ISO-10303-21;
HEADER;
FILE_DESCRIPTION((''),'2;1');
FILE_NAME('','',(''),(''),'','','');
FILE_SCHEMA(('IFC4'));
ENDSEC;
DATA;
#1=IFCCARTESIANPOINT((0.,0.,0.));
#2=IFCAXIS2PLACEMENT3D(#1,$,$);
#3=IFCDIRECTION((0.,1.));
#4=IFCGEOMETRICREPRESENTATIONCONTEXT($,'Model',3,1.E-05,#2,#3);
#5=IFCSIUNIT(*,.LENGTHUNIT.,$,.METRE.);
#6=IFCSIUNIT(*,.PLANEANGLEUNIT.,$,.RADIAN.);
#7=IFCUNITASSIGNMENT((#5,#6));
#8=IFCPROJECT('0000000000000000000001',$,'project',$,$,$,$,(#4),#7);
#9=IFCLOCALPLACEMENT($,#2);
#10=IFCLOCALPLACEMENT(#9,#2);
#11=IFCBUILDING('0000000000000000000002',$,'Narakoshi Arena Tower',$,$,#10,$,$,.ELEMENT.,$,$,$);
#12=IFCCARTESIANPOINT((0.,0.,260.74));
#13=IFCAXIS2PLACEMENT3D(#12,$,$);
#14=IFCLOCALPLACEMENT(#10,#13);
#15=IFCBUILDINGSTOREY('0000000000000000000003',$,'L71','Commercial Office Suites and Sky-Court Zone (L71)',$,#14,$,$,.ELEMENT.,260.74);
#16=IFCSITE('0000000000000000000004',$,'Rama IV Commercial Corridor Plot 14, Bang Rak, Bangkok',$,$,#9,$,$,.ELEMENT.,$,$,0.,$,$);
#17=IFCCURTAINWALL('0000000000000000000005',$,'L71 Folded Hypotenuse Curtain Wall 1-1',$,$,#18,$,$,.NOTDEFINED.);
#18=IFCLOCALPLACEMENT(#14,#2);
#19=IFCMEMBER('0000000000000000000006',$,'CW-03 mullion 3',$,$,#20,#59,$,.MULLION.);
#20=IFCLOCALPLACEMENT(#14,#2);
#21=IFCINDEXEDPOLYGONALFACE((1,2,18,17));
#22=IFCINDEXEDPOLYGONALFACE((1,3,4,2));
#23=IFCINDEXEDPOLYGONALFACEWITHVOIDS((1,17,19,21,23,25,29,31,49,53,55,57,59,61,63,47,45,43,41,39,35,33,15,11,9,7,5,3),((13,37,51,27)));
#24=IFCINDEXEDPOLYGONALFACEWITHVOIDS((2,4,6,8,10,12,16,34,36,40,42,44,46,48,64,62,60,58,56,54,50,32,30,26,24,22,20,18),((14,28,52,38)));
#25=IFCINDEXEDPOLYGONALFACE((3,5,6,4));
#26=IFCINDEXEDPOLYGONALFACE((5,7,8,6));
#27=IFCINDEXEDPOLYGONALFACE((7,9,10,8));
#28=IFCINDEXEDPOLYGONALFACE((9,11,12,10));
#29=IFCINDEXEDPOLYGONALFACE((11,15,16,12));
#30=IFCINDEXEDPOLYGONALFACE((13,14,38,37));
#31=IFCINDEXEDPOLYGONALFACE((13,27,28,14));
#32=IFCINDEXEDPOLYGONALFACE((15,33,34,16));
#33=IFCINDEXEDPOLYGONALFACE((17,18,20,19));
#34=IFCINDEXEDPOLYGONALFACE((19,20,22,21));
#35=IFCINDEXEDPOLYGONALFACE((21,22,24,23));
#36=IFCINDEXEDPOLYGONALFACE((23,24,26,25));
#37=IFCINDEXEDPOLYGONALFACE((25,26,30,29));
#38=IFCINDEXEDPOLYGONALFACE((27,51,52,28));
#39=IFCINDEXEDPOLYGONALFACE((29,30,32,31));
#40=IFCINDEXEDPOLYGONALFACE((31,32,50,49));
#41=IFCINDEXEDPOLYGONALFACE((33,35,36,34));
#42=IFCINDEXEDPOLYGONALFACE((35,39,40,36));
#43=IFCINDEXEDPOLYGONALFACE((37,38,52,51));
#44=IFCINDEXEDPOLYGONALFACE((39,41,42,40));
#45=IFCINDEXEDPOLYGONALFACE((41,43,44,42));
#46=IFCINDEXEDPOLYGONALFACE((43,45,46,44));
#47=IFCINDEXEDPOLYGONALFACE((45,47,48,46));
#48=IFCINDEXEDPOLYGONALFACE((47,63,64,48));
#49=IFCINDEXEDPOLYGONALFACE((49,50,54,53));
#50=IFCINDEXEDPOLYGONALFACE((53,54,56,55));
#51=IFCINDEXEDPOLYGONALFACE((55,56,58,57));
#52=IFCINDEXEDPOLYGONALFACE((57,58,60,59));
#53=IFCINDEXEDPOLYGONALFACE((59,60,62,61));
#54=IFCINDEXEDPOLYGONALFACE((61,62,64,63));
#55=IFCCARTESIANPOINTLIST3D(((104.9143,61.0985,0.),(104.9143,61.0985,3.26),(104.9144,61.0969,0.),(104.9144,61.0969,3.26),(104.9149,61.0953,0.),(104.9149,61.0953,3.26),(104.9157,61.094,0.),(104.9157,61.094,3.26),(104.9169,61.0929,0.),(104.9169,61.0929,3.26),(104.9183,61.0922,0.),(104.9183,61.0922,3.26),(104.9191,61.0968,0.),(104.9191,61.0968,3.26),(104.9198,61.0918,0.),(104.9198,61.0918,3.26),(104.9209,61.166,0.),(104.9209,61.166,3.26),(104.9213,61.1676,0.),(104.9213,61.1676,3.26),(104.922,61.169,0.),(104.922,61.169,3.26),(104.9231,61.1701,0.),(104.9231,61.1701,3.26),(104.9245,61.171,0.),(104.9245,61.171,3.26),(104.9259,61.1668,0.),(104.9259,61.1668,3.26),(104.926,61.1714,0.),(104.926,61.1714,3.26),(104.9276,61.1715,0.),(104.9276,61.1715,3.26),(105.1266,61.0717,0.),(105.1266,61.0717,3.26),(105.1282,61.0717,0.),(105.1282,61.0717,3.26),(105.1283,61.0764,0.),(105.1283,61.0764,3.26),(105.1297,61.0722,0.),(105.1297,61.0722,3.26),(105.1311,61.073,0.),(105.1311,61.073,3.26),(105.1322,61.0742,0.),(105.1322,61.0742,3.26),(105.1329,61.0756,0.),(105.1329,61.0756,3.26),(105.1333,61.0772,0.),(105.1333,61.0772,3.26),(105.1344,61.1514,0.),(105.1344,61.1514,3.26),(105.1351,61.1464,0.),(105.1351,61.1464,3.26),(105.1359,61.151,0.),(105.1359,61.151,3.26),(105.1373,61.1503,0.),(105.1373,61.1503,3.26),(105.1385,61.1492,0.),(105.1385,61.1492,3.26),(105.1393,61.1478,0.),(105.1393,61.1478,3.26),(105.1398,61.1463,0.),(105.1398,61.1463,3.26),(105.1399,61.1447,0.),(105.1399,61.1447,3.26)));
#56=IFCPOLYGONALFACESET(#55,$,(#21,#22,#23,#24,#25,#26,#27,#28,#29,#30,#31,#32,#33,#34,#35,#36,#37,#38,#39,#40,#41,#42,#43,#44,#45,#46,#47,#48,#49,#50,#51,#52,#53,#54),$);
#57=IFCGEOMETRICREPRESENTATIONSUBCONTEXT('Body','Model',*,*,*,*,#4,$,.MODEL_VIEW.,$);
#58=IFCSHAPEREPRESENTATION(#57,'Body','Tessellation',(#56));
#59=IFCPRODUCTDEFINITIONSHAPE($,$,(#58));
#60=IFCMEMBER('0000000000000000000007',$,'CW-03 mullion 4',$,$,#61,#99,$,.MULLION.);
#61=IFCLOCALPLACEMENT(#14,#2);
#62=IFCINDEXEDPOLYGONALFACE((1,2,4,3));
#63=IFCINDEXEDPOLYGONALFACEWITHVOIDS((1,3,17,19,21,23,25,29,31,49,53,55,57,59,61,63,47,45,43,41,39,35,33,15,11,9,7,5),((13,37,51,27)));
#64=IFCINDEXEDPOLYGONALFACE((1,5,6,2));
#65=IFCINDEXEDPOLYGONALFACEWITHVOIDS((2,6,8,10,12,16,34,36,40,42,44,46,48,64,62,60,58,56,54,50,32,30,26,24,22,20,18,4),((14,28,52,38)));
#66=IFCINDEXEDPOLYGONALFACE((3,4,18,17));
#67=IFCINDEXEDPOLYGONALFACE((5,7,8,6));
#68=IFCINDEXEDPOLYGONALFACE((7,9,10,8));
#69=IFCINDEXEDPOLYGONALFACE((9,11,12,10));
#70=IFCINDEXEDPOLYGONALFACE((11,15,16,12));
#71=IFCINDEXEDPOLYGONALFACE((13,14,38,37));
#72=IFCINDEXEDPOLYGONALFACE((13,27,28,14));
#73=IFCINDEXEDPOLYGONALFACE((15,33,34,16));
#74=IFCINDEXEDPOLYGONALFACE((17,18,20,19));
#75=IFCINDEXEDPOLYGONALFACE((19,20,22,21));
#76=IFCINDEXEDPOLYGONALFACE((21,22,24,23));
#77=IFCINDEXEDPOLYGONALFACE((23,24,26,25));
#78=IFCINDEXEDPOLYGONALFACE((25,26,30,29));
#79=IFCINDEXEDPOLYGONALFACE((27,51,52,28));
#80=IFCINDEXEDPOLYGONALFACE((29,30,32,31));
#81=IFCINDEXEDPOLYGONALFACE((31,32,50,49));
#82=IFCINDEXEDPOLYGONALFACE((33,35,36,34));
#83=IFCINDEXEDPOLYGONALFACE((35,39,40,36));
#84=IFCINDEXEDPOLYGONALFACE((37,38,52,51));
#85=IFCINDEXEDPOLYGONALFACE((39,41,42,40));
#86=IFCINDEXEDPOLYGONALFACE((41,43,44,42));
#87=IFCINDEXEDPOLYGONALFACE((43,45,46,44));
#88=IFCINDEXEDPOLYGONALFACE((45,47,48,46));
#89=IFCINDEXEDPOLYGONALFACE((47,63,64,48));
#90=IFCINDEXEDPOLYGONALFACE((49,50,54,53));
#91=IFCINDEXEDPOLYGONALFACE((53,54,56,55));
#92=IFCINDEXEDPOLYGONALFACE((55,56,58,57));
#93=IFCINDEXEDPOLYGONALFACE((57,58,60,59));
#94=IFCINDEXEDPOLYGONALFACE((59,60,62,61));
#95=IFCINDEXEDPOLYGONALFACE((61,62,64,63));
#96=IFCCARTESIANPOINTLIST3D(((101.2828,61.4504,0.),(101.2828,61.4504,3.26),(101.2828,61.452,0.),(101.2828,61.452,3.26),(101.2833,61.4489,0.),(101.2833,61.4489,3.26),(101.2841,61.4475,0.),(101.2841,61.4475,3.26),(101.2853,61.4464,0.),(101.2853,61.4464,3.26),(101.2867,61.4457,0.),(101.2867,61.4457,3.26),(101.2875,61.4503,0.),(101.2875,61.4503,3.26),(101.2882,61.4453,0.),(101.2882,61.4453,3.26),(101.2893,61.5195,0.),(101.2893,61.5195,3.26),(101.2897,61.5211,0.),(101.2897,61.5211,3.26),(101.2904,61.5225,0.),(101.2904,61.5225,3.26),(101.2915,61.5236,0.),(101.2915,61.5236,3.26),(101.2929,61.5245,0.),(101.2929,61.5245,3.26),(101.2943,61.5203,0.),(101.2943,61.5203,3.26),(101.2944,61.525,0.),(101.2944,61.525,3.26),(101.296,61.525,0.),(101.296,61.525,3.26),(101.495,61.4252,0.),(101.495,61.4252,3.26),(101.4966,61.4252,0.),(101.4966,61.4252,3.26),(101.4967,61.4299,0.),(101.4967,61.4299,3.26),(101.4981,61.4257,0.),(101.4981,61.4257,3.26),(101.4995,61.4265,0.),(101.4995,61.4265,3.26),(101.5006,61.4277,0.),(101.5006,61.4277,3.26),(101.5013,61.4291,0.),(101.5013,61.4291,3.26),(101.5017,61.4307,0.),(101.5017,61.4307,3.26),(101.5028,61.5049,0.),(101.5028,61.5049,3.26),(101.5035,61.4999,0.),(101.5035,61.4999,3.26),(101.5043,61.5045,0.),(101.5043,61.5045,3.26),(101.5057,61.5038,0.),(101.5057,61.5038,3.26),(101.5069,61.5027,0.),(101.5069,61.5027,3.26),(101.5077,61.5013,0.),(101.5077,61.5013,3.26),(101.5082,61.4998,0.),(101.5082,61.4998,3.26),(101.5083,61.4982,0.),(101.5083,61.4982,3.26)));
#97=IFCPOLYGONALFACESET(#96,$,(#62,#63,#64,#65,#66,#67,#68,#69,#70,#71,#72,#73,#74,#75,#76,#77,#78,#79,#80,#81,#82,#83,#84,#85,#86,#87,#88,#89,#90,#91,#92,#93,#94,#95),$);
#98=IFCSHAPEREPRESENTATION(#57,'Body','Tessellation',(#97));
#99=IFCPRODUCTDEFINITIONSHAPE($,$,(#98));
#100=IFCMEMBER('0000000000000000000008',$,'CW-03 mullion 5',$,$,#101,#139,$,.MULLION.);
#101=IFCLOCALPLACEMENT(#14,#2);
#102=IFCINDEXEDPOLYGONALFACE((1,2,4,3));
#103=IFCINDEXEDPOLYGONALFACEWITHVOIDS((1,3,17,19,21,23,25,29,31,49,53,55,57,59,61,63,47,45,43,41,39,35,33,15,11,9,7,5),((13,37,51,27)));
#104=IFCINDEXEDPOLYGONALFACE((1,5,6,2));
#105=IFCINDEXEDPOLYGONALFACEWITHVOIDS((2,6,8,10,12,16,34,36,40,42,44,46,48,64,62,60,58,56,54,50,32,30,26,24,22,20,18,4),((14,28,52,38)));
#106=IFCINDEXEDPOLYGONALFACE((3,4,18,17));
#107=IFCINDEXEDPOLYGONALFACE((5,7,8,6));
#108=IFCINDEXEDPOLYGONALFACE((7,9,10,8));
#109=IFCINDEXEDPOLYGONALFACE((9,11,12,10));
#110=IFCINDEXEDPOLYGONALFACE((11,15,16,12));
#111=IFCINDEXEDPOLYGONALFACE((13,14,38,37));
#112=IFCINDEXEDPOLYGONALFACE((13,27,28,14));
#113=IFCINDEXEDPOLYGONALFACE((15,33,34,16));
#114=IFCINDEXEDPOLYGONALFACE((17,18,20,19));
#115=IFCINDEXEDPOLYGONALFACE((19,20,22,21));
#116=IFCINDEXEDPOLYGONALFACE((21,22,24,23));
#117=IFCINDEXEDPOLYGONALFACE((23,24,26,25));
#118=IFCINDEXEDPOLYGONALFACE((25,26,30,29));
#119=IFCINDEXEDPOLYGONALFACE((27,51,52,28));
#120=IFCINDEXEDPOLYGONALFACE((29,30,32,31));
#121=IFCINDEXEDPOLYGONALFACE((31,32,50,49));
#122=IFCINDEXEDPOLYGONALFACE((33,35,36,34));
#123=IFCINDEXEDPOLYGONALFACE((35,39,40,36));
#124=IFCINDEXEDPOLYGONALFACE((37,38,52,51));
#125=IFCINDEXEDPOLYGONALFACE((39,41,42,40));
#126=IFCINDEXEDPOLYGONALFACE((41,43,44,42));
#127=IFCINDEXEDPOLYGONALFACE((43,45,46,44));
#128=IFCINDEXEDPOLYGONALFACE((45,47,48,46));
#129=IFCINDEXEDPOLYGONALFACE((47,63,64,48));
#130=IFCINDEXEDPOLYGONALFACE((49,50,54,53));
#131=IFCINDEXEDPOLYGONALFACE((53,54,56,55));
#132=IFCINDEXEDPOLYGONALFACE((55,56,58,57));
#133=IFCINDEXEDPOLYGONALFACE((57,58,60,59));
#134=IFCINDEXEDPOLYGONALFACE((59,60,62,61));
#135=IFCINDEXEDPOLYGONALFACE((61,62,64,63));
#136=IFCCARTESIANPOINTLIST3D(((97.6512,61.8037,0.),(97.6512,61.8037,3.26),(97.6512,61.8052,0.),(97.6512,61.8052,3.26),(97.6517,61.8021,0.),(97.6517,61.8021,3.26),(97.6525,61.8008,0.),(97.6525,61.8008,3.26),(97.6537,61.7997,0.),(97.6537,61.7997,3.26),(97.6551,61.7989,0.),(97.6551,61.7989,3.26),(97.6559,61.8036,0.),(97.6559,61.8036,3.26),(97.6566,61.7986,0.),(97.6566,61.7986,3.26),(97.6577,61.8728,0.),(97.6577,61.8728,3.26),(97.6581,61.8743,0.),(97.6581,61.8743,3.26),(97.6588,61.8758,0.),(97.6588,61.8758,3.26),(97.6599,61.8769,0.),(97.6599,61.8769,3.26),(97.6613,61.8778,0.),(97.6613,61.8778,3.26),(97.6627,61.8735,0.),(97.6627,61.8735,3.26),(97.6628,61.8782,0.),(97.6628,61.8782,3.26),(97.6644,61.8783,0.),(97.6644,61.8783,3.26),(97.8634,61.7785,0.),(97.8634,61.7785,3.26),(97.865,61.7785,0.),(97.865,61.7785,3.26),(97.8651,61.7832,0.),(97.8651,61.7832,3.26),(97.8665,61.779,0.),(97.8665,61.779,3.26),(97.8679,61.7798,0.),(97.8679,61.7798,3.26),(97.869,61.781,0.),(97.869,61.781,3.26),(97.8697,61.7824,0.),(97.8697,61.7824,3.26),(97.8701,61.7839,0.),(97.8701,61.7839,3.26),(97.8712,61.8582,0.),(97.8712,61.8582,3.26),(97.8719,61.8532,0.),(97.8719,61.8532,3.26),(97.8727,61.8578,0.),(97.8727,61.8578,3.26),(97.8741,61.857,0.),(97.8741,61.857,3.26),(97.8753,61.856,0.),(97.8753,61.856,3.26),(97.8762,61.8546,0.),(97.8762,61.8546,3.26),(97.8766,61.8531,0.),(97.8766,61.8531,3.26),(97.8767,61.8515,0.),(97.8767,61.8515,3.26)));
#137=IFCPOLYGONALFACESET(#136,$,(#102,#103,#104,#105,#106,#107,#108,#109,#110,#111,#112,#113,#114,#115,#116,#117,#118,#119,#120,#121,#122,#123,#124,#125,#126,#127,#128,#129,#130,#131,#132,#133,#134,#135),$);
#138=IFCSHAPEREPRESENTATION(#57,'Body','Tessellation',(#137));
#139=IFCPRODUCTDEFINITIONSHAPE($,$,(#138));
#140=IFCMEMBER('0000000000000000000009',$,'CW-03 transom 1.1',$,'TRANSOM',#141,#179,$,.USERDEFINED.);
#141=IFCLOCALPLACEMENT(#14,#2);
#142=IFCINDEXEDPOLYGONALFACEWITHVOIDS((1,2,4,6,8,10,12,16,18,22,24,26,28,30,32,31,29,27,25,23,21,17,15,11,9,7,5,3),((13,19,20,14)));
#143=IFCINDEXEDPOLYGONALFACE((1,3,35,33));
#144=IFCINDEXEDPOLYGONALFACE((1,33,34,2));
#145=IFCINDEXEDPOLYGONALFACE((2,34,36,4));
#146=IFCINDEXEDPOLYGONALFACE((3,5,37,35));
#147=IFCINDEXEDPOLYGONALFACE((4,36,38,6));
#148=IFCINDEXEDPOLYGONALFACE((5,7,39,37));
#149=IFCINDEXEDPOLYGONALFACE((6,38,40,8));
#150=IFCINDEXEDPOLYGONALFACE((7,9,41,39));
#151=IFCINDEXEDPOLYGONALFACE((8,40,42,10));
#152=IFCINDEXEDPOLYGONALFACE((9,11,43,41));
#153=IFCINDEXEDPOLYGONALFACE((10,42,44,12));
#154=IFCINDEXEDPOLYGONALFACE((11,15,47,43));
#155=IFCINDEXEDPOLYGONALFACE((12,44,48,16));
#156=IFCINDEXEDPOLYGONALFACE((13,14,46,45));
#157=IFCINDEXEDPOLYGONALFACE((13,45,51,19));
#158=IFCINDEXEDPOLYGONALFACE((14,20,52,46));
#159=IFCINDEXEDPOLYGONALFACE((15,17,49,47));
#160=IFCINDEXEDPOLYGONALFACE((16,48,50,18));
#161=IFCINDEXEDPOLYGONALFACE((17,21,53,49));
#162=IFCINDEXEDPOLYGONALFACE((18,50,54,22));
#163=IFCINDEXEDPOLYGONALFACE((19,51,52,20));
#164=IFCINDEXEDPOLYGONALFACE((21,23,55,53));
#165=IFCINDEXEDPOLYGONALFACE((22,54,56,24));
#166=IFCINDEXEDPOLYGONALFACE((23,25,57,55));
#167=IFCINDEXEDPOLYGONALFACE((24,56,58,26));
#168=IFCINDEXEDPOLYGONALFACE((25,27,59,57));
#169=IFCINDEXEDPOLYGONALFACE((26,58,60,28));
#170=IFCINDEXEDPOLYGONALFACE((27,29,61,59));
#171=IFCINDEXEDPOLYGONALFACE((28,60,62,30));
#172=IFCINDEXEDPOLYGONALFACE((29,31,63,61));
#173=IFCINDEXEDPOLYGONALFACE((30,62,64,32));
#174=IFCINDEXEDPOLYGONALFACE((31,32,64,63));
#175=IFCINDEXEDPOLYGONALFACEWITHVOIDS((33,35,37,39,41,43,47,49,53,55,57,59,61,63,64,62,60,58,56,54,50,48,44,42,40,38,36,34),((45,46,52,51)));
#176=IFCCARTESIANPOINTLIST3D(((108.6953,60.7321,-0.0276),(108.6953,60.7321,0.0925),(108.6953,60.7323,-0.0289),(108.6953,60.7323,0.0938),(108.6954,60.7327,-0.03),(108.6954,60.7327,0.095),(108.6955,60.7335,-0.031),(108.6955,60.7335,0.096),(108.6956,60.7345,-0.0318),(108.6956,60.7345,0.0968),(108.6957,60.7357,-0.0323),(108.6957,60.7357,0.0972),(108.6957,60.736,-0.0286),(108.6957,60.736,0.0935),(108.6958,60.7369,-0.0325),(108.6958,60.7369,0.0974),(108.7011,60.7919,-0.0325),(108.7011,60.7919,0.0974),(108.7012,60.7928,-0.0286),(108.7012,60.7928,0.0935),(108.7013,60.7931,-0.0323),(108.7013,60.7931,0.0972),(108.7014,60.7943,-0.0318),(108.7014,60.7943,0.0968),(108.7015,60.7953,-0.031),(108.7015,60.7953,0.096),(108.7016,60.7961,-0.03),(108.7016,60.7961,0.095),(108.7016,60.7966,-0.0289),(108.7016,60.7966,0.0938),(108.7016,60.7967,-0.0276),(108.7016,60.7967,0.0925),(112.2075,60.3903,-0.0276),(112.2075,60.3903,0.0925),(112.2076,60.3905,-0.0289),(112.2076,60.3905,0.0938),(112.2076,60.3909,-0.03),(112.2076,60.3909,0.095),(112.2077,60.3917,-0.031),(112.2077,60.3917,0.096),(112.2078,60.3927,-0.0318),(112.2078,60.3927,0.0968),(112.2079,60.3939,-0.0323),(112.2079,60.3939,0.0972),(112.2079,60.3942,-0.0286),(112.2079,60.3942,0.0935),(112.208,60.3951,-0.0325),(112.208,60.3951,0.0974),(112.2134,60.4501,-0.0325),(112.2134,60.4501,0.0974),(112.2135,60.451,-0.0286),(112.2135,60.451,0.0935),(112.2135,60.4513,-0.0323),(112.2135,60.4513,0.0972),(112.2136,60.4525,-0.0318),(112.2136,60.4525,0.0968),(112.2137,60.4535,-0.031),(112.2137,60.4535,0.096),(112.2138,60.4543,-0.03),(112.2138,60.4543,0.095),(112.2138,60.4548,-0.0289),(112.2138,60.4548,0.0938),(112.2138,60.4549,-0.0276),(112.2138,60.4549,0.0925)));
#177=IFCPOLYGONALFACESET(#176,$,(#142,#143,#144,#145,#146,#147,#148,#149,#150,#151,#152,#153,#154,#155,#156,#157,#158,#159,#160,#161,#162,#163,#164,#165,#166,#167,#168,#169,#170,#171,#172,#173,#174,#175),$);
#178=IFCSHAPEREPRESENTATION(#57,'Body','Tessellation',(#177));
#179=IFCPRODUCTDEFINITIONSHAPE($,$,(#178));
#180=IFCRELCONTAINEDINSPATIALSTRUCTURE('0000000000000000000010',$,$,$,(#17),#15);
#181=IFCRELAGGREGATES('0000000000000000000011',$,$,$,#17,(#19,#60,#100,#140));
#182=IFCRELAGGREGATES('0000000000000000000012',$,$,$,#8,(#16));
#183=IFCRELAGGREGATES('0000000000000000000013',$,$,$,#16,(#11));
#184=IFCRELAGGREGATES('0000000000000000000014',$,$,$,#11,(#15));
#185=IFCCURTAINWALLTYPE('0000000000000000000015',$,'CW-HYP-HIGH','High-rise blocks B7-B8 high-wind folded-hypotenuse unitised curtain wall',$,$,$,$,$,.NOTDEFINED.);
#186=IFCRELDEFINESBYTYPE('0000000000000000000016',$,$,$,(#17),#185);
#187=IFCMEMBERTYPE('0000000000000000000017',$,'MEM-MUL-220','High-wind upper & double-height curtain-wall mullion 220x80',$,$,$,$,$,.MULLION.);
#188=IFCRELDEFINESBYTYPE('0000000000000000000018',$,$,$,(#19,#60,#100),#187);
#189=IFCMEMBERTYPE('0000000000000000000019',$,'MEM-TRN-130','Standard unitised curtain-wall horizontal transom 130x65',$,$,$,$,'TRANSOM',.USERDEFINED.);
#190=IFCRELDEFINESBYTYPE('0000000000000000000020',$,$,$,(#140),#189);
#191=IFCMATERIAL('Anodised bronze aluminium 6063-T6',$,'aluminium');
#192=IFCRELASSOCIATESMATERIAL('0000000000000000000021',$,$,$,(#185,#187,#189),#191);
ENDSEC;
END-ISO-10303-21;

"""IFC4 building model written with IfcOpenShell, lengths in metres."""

from ifc_helpers import new_model, si_unit, direction, frame, origin, origin_2d, place, context, subcontext, project, spatial, hollow_rectangle, extrude, material, material_profile, profile_set, type_object, element, aggregate, save


model = new_model("IFC4")

# Units and contexts
model_context = context("Model", 3, precision=1e-05, world=origin(), true_north=direction((0.0, 1.0)))
body_context = subcontext(model_context, "Body", "Model", "MODEL_VIEW")
ifc_project = project(units=[si_unit("LENGTHUNIT", "METRE"), si_unit("PLANEANGLEUNIT", "RADIAN")], contexts=[model_context])

# Site, building, storey
site_placement = place(None, origin())
site = spatial("IfcSite", under=ifc_project, at=site_placement, Name="Rama IV Commercial Corridor Plot 14, Bang Rak, Bangkok", CompositionType="ELEMENT", RefElevation=0.0)
building_placement = place(site_placement, origin())
building = spatial("IfcBuilding", under=site, at=building_placement, Name="Narakoshi Arena Tower", CompositionType="ELEMENT")
storey_placement = place(building_placement, frame((0.0, 0.0, 260.74)))
storey = spatial("IfcBuildingStorey", under=building, at=storey_placement, Name="L71", Description="Commercial Office Suites and Sky-Court Zone (L71)", CompositionType="ELEMENT", Elevation=260.74)

# Curtain wall, members
ifc_material_1 = material(Name="Anodised bronze aluminium 6063-T6", Category="aluminium")
curtain_wall_type = type_object("IfcCurtainWallType", Name="CW-HYP-HIGH", Description="High-rise blocks B7-B8 high-wind folded-hypotenuse unitised curtain wall", PredefinedType="NOTDEFINED", material=ifc_material_1)
curtain_wall_placement = place(storey_placement, origin())
curtain_wall = element("IfcCurtainWall", 1, at=curtain_wall_placement, inside=storey, type_object=curtain_wall_type, Name="L71 Folded Hypotenuse Curtain Wall 1-1", PredefinedType="NOTDEFINED")
ifc_material_profile_1 = material_profile(ifc_material_1, hollow_rectangle(XDim=0.0801, YDim=0.22, WallThickness=0.0049, OuterFilletRadius=0.0061, at=origin_2d()), Name="MUL220x80x5")
ifc_profile_set_1 = profile_set([ifc_material_profile_1], Name="Anodised bronze aluminium 6063-T6")
member_type_1 = type_object("IfcMemberType", Name="MEM-MUL-220", Description="High-wind upper & double-height curtain-wall mullion 220x80", PredefinedType="MULLION", material=ifc_profile_set_1)
member_1_placement = place(storey_placement, frame((105.0271, 61.1216, 0.0), z_axis=(0.0, 0.0, 1.0), x_axis=(-0.096851, -0.995299, 0.0)))
member_1 = element("IfcMember", 2, at=member_1_placement, type_object=member_type_1, Name="CW-03 mullion 3", PredefinedType="MULLION", context=body_context, shape_type="SweptSolid", body=[
    extrude(hollow_rectangle(XDim=0.0801, YDim=0.22, WallThickness=0.0049, OuterFilletRadius=0.0061, at=origin_2d()), origin(), (0.0, 0.0, 1.0), 3.26),
])
member_2_placement = place(storey_placement, frame((101.3955, 61.4751, 0.0), z_axis=(0.0, 0.0, 1.0), x_axis=(-0.096851, -0.995299, 0.0)))
member_2 = element("IfcMember", 3, at=member_2_placement, type_object=member_type_1, Name="CW-03 mullion 4", PredefinedType="MULLION", context=body_context, shape_type="SweptSolid", body=[
    extrude(hollow_rectangle(XDim=0.0801, YDim=0.22, WallThickness=0.0049, OuterFilletRadius=0.0061, at=origin_2d()), origin(), (0.0, 0.0, 1.0), 3.26),
])
member_3_placement = place(storey_placement, frame((97.7639, 61.8284, 0.0), z_axis=(0.0, 0.0, 1.0), x_axis=(-0.096851, -0.995299, 0.0)))
member_3 = element("IfcMember", 4, at=member_3_placement, type_object=member_type_1, Name="CW-03 mullion 5", PredefinedType="MULLION", context=body_context, shape_type="SweptSolid", body=[
    extrude(hollow_rectangle(XDim=0.0801, YDim=0.22, WallThickness=0.0049, OuterFilletRadius=0.0061, at=origin_2d()), origin(), (0.0, 0.0, 1.0), 3.26),
])
ifc_material_profile_2 = material_profile(ifc_material_1, hollow_rectangle(XDim=0.0649, YDim=0.1299, WallThickness=0.0039, OuterFilletRadius=0.0049, at=origin_2d()), Name="TRN130x65x4")
ifc_profile_set_2 = profile_set([ifc_material_profile_2], Name="Anodised bronze aluminium 6063-T6")
member_type_2 = type_object("IfcMemberType", Name="MEM-TRN-130", Description="Standard unitised curtain-wall horizontal transom 130x65", ElementType="TRANSOM", PredefinedType="USERDEFINED", material=ifc_profile_set_2)
member_4_placement = place(storey_placement, frame((112.2107, 60.4226, 0.0325), z_axis=(-0.995298, 0.096859, 0.0), x_axis=(-0.096859, -0.995298, 0.0)))
member_4 = element("IfcMember", 5, at=member_4_placement, type_object=member_type_2, Name="CW-03 transom 1.1", ObjectType="TRANSOM", PredefinedType="USERDEFINED", context=body_context, shape_type="SweptSolid", body=[
    extrude(hollow_rectangle(XDim=0.0649, YDim=0.1299, WallThickness=0.0039, OuterFilletRadius=0.0049, at=origin_2d()), origin(), (0.0, 0.0, 1.0), 3.5288),
])
aggregate(curtain_wall, [member_1, member_2, member_3, member_4])

save(model, "model.ifc")
